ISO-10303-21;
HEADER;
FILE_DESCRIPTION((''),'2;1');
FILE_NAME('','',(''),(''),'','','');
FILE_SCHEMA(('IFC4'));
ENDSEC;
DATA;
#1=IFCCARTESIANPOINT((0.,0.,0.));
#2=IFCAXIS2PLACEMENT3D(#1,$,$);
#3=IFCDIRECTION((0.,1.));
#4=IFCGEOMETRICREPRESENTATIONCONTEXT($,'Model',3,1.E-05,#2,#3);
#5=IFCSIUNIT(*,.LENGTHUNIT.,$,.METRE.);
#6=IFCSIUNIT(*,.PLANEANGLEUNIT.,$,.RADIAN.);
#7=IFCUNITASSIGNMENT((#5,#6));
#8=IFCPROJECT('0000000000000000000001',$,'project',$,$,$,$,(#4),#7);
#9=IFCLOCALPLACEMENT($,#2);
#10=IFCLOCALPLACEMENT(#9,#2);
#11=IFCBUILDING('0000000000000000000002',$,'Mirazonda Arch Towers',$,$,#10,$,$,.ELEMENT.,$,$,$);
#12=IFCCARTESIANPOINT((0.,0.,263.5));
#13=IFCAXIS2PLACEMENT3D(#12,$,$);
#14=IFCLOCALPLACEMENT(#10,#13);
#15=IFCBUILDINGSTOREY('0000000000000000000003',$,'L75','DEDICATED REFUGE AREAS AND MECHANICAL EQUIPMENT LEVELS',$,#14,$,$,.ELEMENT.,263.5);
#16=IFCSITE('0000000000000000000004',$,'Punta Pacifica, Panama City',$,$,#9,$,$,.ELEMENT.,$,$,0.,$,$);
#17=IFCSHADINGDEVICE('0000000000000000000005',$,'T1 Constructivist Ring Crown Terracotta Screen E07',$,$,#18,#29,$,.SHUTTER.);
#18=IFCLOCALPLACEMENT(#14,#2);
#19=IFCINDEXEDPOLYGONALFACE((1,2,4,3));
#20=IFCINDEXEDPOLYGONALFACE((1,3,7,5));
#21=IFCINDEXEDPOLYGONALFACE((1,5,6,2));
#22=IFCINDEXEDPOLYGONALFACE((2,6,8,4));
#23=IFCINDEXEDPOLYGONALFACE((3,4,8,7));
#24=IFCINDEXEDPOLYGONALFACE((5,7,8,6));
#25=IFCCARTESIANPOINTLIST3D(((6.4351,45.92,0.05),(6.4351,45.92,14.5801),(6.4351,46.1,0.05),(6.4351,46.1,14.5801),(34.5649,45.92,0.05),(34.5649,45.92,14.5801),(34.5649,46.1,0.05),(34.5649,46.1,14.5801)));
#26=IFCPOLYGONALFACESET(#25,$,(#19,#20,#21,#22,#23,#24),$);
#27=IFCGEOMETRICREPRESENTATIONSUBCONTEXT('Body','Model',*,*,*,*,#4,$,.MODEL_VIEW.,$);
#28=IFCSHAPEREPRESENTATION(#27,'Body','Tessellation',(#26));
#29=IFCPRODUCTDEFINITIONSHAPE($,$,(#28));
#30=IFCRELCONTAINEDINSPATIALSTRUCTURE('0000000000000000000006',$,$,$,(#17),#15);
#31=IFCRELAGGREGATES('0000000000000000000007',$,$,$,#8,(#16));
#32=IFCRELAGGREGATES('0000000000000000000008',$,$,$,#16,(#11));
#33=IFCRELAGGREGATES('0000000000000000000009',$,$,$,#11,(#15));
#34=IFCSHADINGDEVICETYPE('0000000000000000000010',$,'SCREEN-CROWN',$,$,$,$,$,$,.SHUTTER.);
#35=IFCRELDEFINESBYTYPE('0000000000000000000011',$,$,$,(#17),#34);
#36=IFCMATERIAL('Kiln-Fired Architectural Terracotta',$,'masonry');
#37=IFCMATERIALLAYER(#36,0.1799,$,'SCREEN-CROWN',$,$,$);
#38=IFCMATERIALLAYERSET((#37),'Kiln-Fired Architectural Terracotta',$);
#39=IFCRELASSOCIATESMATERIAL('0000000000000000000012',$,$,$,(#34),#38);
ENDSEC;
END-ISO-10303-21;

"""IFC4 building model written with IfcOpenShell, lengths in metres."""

from ifc_helpers import new_model, si_unit, direction, frame, frame_2d, origin, place, context, subcontext, project, spatial, rectangle, extrude, material, layer, layer_set, type_object, element, save


model = new_model("IFC4")

# Units and contexts
model_context = context("Model", 3, precision=1e-05, world=origin(), true_north=direction((0.0, 1.0)))
body_context = subcontext(model_context, "Body", "Model", "MODEL_VIEW")
ifc_project = project(units=[si_unit("LENGTHUNIT", "METRE"), si_unit("PLANEANGLEUNIT", "RADIAN")], contexts=[model_context])

# Site, building, storey
site_placement = place(None, origin())
site = spatial("IfcSite", under=ifc_project, at=site_placement, Name="Punta Pacifica, Panama City", CompositionType="ELEMENT", RefElevation=0.0)
building_placement = place(site_placement, origin())
building = spatial("IfcBuilding", under=site, at=building_placement, Name="Mirazonda Arch Towers", CompositionType="ELEMENT")
storey_placement = place(building_placement, frame((0.0, 0.0, 263.5)))
storey = spatial("IfcBuildingStorey", under=building, at=storey_placement, Name="L75", Description="DEDICATED REFUGE AREAS AND MECHANICAL EQUIPMENT LEVELS", CompositionType="ELEMENT", Elevation=263.5)

# Shading device
ifc_material_1 = material(Name="Kiln-Fired Architectural Terracotta", Category="masonry")
ifc_layer_1 = layer(ifc_material_1, 0.1799, Name="SCREEN-CROWN")
ifc_layer_set_1 = layer_set([ifc_layer_1], Name="Kiln-Fired Architectural Terracotta")
shading_device_type_1 = type_object("IfcShadingDeviceType", Name="SCREEN-CROWN", PredefinedType="SHUTTER", material=ifc_layer_set_1)
shading_device_1_placement = place(storey_placement, frame((34.5649, 46.01, 0.05), z_axis=(0.0, 0.0, 1.0), x_axis=(-1.0, 0.0, 0.0)))
element("IfcShadingDevice", 1, at=shading_device_1_placement, inside=storey, type_object=shading_device_type_1, Name="T1 Constructivist Ring Crown Terracotta Screen E07", PredefinedType="SHUTTER", context=body_context, shape_type="SweptSolid", body=[
    extrude(rectangle(XDim=28.1299, YDim=0.1799, at=frame_2d((14.0649, 0.0))), origin(), (0.0, 0.0, 1.0), 14.53),
])

save(model, "model.ifc")
